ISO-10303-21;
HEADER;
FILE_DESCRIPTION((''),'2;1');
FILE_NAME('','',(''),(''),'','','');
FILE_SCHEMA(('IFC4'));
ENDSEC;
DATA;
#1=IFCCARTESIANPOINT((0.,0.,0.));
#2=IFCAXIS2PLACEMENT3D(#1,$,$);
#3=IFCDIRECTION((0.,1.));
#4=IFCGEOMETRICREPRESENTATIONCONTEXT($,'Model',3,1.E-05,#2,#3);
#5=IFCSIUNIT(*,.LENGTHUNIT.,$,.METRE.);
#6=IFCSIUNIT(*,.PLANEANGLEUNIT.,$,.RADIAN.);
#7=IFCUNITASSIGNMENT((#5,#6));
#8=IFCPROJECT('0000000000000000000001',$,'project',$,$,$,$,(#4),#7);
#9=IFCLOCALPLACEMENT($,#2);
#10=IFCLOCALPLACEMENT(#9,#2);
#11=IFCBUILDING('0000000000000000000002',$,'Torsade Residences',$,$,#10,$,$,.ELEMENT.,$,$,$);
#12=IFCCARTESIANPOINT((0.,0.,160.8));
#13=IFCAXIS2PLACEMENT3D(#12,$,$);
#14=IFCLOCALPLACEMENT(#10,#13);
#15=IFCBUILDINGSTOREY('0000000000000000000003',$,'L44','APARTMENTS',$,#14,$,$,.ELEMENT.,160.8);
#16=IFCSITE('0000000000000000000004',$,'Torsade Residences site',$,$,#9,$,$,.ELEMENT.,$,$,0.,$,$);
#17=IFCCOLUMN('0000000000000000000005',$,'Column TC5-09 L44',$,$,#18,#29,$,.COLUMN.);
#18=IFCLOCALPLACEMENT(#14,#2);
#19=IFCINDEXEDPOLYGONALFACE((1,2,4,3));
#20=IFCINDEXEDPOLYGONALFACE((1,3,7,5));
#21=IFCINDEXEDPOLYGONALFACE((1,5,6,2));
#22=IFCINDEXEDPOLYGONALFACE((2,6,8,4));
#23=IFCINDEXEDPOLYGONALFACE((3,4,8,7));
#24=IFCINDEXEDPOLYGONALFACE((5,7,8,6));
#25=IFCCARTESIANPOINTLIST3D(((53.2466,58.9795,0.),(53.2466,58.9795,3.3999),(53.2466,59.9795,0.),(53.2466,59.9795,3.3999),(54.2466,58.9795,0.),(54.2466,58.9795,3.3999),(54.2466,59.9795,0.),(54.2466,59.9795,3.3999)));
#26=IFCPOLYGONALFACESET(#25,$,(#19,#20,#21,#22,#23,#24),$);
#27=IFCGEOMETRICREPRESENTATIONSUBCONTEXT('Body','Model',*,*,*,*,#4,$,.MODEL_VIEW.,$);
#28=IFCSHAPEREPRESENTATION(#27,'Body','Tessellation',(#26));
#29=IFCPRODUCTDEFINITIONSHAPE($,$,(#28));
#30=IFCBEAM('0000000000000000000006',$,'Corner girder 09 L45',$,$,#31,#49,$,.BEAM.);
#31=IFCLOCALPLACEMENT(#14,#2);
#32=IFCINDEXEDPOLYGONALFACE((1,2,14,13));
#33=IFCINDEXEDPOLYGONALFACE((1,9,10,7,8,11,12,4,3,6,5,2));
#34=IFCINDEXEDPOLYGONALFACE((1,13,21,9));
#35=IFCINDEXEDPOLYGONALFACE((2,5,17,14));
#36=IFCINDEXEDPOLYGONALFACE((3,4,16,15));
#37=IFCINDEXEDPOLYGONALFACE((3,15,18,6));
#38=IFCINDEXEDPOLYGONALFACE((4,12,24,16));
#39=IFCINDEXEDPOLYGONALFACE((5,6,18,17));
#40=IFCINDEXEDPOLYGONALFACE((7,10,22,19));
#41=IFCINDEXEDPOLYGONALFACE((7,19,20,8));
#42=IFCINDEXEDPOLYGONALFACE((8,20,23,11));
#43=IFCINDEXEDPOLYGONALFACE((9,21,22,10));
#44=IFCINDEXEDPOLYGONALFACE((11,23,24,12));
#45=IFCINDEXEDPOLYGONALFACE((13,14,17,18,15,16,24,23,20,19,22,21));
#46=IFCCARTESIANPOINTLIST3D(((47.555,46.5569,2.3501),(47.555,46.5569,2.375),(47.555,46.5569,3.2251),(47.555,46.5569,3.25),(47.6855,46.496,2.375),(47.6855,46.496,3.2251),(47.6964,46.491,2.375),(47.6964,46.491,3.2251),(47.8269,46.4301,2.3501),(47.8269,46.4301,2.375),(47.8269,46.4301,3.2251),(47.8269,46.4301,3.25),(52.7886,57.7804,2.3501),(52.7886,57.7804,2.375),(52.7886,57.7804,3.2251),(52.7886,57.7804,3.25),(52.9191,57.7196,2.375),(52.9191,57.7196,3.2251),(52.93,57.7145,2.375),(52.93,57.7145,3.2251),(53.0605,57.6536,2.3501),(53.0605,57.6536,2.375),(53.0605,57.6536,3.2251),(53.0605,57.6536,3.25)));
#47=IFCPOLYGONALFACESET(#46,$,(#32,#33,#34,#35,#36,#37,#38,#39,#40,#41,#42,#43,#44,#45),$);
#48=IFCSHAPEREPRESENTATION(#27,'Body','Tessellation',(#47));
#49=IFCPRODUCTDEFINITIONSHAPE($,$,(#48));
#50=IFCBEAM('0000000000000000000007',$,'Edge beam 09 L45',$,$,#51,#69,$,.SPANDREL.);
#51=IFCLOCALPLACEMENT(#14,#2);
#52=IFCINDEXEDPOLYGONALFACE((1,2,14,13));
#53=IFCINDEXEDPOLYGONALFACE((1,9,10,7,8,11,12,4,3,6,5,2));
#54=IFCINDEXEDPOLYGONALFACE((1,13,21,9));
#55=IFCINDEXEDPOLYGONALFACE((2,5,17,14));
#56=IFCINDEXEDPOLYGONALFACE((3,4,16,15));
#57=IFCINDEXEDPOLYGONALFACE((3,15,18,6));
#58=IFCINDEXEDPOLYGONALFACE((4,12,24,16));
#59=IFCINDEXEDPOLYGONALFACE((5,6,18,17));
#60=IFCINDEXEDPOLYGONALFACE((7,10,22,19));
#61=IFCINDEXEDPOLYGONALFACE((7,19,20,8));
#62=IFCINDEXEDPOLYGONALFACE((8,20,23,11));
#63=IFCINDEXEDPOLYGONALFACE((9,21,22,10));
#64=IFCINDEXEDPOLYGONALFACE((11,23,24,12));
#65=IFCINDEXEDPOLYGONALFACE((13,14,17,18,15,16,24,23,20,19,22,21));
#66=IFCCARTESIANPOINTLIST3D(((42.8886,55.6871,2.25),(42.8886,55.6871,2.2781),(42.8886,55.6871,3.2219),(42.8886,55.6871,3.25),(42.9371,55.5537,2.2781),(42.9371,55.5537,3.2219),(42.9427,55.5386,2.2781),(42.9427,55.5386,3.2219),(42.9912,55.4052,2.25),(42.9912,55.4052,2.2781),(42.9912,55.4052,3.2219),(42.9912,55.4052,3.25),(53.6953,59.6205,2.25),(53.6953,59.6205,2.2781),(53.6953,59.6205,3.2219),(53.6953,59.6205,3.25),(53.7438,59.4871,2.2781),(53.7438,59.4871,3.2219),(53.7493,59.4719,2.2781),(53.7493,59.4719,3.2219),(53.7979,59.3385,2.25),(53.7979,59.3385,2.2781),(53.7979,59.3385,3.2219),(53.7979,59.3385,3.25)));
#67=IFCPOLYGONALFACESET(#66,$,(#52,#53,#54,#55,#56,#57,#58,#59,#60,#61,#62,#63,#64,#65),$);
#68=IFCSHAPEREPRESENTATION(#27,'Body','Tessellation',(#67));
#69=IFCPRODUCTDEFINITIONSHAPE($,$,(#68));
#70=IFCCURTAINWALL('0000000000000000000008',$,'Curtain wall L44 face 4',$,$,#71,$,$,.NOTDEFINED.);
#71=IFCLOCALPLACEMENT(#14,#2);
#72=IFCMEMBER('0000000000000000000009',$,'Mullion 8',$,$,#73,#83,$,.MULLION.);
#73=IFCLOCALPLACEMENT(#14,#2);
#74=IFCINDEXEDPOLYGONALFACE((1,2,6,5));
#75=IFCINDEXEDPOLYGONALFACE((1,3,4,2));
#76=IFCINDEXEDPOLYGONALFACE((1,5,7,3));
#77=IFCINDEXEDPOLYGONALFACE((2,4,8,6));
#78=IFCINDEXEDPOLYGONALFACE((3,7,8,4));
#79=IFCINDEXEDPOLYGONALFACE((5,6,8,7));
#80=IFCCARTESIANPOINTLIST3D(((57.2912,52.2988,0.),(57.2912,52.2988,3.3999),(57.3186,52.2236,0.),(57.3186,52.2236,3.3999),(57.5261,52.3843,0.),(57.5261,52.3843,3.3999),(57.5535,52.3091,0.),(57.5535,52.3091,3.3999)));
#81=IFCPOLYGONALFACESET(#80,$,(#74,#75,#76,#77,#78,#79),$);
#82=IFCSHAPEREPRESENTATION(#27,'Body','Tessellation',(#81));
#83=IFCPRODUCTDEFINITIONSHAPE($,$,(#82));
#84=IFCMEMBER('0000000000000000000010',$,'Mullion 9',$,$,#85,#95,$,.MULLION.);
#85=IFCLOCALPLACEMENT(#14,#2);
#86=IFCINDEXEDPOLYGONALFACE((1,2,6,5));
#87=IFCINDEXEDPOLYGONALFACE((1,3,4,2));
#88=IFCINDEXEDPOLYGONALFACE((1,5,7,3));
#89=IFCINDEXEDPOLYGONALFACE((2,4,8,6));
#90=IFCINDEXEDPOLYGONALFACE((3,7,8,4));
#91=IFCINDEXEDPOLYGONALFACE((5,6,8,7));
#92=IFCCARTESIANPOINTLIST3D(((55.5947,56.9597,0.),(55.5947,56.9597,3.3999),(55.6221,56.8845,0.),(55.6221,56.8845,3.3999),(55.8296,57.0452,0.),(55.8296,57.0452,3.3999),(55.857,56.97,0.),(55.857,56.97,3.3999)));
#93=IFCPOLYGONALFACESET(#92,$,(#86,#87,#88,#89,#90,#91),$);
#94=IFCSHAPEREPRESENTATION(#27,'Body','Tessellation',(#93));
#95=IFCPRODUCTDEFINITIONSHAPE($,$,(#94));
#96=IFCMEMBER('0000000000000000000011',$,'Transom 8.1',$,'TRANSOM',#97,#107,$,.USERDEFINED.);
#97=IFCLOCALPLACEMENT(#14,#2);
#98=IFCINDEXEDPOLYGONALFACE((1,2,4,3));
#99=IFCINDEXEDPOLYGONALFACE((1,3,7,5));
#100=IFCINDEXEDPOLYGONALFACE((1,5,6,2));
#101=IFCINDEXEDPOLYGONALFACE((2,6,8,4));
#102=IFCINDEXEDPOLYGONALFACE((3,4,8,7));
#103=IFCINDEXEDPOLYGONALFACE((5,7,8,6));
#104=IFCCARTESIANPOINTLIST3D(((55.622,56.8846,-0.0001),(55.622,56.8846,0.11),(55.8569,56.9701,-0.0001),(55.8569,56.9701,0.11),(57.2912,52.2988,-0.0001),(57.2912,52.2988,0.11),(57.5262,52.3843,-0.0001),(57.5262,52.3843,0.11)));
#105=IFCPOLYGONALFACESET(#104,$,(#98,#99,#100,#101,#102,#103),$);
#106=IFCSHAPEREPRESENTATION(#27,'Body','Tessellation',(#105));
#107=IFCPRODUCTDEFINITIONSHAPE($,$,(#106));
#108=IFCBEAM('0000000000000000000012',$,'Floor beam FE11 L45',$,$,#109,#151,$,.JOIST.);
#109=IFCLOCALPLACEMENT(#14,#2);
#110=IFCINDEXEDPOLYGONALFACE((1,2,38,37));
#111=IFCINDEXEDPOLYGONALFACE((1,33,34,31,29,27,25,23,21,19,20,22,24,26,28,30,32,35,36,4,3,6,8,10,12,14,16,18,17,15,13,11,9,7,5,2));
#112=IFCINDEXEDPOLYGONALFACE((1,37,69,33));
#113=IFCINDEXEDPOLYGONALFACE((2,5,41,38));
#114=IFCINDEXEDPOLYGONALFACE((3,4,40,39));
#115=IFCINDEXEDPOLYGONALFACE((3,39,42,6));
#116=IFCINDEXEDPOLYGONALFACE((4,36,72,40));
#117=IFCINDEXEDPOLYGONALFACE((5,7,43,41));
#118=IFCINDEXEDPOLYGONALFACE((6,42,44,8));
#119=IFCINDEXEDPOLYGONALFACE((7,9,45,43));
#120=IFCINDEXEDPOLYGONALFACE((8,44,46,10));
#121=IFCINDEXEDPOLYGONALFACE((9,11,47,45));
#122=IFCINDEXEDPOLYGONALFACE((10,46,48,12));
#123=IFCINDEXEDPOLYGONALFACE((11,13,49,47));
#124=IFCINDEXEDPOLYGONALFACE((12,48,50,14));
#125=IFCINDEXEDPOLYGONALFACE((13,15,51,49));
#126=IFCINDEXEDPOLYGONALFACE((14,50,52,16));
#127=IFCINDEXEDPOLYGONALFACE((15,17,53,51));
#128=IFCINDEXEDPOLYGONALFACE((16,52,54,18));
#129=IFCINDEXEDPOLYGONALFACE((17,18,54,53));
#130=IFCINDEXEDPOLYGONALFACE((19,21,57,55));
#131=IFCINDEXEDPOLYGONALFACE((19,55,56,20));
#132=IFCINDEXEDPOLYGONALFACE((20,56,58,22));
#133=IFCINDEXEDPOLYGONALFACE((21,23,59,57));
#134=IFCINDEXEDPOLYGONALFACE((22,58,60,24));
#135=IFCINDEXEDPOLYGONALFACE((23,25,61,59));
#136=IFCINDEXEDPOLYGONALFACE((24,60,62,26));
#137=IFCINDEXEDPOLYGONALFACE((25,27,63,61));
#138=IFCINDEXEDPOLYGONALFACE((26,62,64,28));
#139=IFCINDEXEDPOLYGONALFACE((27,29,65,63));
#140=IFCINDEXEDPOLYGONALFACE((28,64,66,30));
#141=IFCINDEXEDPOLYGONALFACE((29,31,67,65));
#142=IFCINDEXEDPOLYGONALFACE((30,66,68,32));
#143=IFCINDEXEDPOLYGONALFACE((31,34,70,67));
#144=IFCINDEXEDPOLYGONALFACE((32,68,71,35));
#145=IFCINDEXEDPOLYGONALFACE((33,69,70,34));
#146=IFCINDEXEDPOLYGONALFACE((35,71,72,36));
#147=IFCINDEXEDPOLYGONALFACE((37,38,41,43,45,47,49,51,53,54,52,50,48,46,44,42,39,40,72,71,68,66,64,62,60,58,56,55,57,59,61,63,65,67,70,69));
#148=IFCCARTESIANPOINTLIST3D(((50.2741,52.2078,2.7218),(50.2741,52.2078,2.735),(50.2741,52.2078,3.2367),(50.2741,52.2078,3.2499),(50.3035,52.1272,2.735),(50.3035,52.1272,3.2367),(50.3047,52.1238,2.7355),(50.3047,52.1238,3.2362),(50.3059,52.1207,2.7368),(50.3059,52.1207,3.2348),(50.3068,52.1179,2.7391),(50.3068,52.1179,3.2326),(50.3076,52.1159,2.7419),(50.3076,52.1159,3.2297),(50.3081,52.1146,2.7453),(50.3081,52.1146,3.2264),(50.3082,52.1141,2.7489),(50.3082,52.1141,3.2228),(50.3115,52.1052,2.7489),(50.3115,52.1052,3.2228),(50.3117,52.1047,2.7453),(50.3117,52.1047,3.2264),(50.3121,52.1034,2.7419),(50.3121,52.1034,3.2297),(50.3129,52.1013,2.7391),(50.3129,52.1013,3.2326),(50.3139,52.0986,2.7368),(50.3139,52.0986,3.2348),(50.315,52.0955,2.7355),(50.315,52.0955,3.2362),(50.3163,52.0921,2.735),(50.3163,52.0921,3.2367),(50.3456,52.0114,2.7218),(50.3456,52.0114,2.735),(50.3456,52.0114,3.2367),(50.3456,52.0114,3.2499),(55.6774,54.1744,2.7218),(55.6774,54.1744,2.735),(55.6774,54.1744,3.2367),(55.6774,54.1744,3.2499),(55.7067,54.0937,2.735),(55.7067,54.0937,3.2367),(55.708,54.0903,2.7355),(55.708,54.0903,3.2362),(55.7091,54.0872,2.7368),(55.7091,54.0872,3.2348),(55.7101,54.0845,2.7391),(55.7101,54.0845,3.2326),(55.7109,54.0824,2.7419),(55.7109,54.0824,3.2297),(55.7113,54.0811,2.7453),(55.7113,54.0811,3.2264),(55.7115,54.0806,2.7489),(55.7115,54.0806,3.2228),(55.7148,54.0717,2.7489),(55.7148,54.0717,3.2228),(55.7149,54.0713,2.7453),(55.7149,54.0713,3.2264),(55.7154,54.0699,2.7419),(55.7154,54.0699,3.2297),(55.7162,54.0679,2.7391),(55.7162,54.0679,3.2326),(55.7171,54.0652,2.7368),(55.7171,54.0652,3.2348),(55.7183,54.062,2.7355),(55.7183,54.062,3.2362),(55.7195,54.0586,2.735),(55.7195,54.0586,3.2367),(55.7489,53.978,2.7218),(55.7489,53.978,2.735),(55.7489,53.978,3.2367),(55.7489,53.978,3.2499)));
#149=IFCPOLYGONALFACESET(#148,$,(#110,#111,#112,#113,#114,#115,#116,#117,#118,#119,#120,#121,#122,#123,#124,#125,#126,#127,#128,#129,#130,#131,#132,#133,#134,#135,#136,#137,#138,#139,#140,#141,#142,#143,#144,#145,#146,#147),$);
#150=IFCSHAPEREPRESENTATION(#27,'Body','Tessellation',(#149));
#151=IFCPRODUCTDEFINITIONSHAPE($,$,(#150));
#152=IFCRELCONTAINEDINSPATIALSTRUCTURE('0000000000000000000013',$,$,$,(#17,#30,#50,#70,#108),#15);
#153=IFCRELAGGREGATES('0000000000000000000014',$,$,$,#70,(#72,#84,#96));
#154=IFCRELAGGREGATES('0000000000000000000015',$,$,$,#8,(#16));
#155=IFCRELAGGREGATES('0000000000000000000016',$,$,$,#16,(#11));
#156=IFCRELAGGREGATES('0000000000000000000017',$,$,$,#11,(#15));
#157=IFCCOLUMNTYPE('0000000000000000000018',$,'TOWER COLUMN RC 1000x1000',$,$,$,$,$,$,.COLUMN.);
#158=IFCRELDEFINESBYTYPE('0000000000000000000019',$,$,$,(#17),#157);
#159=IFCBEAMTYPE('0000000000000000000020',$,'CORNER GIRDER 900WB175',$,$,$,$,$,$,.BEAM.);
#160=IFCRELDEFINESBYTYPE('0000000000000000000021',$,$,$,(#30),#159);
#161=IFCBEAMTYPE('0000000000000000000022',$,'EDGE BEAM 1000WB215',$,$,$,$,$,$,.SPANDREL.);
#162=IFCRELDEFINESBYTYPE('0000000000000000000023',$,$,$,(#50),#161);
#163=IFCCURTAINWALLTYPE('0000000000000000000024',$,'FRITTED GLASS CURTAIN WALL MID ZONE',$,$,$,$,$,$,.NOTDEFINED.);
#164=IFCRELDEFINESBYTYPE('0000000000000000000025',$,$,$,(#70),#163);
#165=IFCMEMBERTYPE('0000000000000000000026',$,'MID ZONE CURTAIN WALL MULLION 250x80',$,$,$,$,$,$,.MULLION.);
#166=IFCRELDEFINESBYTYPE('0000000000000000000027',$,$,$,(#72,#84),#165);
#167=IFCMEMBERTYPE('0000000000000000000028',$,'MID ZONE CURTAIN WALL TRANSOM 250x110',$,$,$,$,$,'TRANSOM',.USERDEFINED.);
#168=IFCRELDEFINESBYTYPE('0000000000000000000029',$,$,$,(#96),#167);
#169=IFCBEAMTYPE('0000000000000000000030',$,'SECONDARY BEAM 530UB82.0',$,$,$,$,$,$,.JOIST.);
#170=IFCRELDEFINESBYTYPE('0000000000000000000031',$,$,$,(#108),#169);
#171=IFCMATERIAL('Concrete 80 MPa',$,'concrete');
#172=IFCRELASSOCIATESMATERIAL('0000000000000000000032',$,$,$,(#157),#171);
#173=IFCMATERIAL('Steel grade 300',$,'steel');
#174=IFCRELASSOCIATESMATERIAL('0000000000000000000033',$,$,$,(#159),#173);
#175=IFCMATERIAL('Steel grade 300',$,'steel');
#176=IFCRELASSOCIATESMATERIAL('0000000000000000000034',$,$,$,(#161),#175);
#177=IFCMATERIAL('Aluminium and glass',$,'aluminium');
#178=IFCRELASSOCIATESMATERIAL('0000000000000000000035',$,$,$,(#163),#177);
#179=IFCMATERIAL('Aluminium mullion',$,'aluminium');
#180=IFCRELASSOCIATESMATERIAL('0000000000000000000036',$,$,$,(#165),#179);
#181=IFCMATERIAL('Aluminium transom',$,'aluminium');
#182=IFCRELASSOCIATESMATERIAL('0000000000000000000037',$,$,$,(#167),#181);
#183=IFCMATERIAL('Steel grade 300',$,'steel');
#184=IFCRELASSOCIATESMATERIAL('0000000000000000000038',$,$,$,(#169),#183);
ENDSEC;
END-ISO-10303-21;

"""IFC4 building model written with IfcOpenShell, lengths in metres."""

from ifc_helpers import new_model, si_unit, direction, frame, origin, origin_2d, place, context, subcontext, project, spatial, rectangle, i_section, extrude, material, material_profile, profile_set, type_object, element, aggregate, save


model = new_model("IFC4")

# Units and contexts
model_context = context("Model", 3, precision=1e-05, world=origin(), true_north=direction((0.0, 1.0)))
body_context = subcontext(model_context, "Body", "Model", "MODEL_VIEW")
ifc_project = project(units=[si_unit("LENGTHUNIT", "METRE"), si_unit("PLANEANGLEUNIT", "RADIAN")], contexts=[model_context])

# Site, building, storey
site_placement = place(None, origin())
site = spatial("IfcSite", under=ifc_project, at=site_placement, Name="Torsade Residences site", CompositionType="ELEMENT", RefElevation=0.0)
building_placement = place(site_placement, origin())
building = spatial("IfcBuilding", under=site, at=building_placement, Name="Torsade Residences", CompositionType="ELEMENT")
storey_placement = place(building_placement, frame((0.0, 0.0, 160.8)))
storey = spatial("IfcBuildingStorey", under=building, at=storey_placement, Name="L44", Description="APARTMENTS", CompositionType="ELEMENT", Elevation=160.8)

# Column
ifc_material_1 = material(Name="Concrete 80 MPa", Category="concrete")
ifc_material_profile_1 = material_profile(ifc_material_1, rectangle(XDim=1.0, YDim=1.0, at=origin_2d()), Name="RC 1000x1000")
ifc_profile_set_1 = profile_set([ifc_material_profile_1], Name="Concrete 80 MPa")
column_type = type_object("IfcColumnType", Name="TOWER COLUMN RC 1000x1000", PredefinedType="COLUMN", material=ifc_profile_set_1)
column_placement = place(storey_placement, frame((53.7466, 59.4795, 0.0), z_axis=(0.0, 0.0, 1.0), x_axis=(1.0, 0.0, 0.0)))
element("IfcColumn", 1, at=column_placement, inside=storey, type_object=column_type, Name="Column TC5-09 L44", PredefinedType="COLUMN", context=body_context, shape_type="SweptSolid", body=[
    extrude(rectangle(XDim=1.0, YDim=1.0, at=origin_2d()), origin(), (0.0, 0.0, 1.0), 3.3999),
])

# Beams
ifc_material_2 = material(Name="Steel grade 300", Category="steel")
ifc_material_profile_2 = material_profile(ifc_material_2, i_section(OverallWidth=0.3, OverallDepth=0.8999, WebThickness=0.012, FlangeThickness=0.0249, at=origin_2d()), Name="900WB175")
ifc_profile_set_2 = profile_set([ifc_material_profile_2], Name="Steel grade 300")
beam_type_1 = type_object("IfcBeamType", Name="CORNER GIRDER 900WB175", PredefinedType="BEAM", material=ifc_profile_set_2)
beam_1_placement = place(storey_placement, frame((52.9246, 57.717, 2.8), z_axis=(-0.422617, -0.906309, 0.0), x_axis=(0.906309, -0.422617, 0.0)))
element("IfcBeam", 2, at=beam_1_placement, inside=storey, type_object=beam_type_1, Name="Corner girder 09 L45", PredefinedType="BEAM", context=body_context, shape_type="SweptSolid", body=[
    extrude(i_section(OverallWidth=0.3, OverallDepth=0.8999, WebThickness=0.012, FlangeThickness=0.0249, at=origin_2d()), origin(), (0.0, 0.0, 1.0), 12.3838),
])
ifc_material_3 = material(Name="Steel grade 300", Category="steel")
ifc_material_profile_3 = material_profile(ifc_material_3, i_section(OverallWidth=0.3, OverallDepth=1.0, WebThickness=0.0161, FlangeThickness=0.0281, at=origin_2d()), Name="1000WB215")
ifc_profile_set_3 = profile_set([ifc_material_profile_3], Name="Steel grade 300")
beam_type_2 = type_object("IfcBeamType", Name="EDGE BEAM 1000WB215", PredefinedType="SPANDREL", material=ifc_profile_set_3)
beam_2_placement = place(storey_placement, frame((53.7466, 59.4795, 2.75), z_axis=(-0.939691, -0.342024, 0.0), x_axis=(0.342024, -0.939691, 0.0)))
element("IfcBeam", 3, at=beam_2_placement, inside=storey, type_object=beam_type_2, Name="Edge beam 09 L45", PredefinedType="SPANDREL", context=body_context, shape_type="SweptSolid", body=[
    extrude(i_section(OverallWidth=0.3, OverallDepth=1.0, WebThickness=0.0161, FlangeThickness=0.0281, at=origin_2d()), origin(), (0.0, 0.0, 1.0), 11.5002),
])

# Curtain wall, members
ifc_material_4 = material(Name="Aluminium and glass", Category="aluminium")
curtain_wall_type = type_object("IfcCurtainWallType", Name="FRITTED GLASS CURTAIN WALL MID ZONE", PredefinedType="NOTDEFINED", material=ifc_material_4)
curtain_wall_placement = place(storey_placement, origin())
curtain_wall = element("IfcCurtainWall", 4, at=curtain_wall_placement, inside=storey, type_object=curtain_wall_type, Name="Curtain wall L44 face 4", PredefinedType="NOTDEFINED")
ifc_material_5 = material(Name="Aluminium mullion", Category="aluminium")
ifc_material_profile_4 = material_profile(ifc_material_5, rectangle(XDim=0.25, YDim=0.0801, at=origin_2d()), Name="MID ZONE CURTAIN WALL MULLION 250x80")
ifc_profile_set_4 = profile_set([ifc_material_profile_4], Name="Aluminium mullion")
member_type_1 = type_object("IfcMemberType", Name="MID ZONE CURTAIN WALL MULLION 250x80", PredefinedType="MULLION", material=ifc_profile_set_4)
member_1_placement = place(storey_placement, frame((57.4224, 52.304, 0.0), z_axis=(0.0, 0.0, 1.0), x_axis=(-0.939693, -0.34202, 0.0)))
member_1 = element("IfcMember", 5, at=member_1_placement, type_object=member_type_1, Name="Mullion 8", PredefinedType="MULLION", context=body_context, shape_type="SweptSolid", body=[
    extrude(rectangle(XDim=0.25, YDim=0.0801, at=origin_2d()), origin(), (0.0, 0.0, 1.0), 3.3999),
])
member_2_placement = place(storey_placement, frame((55.7258, 56.9648, 0.0), z_axis=(0.0, 0.0, 1.0), x_axis=(-0.939693, -0.34202, 0.0)))
member_2 = element("IfcMember", 6, at=member_2_placement, type_object=member_type_1, Name="Mullion 9", PredefinedType="MULLION", context=body_context, shape_type="SweptSolid", body=[
    extrude(rectangle(XDim=0.25, YDim=0.0801, at=origin_2d()), origin(), (0.0, 0.0, 1.0), 3.3999),
])
ifc_material_6 = material(Name="Aluminium transom", Category="aluminium")
ifc_material_profile_5 = material_profile(ifc_material_6, rectangle(XDim=0.25, YDim=0.1101, at=origin_2d()), Name="MID ZONE CURTAIN WALL TRANSOM 250x110")
ifc_profile_set_5 = profile_set([ifc_material_profile_5], Name="Aluminium transom")
member_type_2 = type_object("IfcMemberType", Name="MID ZONE CURTAIN WALL TRANSOM 250x110", ElementType="TRANSOM", PredefinedType="USERDEFINED", material=ifc_profile_set_5)
member_3_placement = place(storey_placement, frame((57.4087, 52.3416, 0.0549), z_axis=(-0.342044, 0.939684, 0.0), x_axis=(-0.939684, -0.342044, 0.0)))
member_3 = element("IfcMember", 7, at=member_3_placement, type_object=member_type_2, Name="Transom 8.1", ObjectType="TRANSOM", PredefinedType="USERDEFINED", context=body_context, shape_type="SweptSolid", body=[
    extrude(rectangle(XDim=0.25, YDim=0.1101, at=origin_2d()), origin(), (0.0, 0.0, 1.0), 4.8801),
])

# Beam
ifc_material_7 = material(Name="Steel grade 300", Category="steel")
ifc_material_profile_6 = material_profile(ifc_material_7, i_section(OverallWidth=0.209, OverallDepth=0.5281, WebThickness=0.0095, FlangeThickness=0.0132, FilletRadius=0.0139, at=origin_2d()), Name="530UB82.0")
ifc_profile_set_6 = profile_set([ifc_material_profile_6], Name="Steel grade 300")
beam_type_3 = type_object("IfcBeamType", Name="SECONDARY BEAM 530UB82.0", PredefinedType="JOIST", material=ifc_profile_set_6)
beam_3_placement = place(storey_placement, frame((55.7131, 54.0762, 2.9858), z_axis=(-0.939698, -0.342006, 0.0), x_axis=(0.342006, -0.939698, 0.0)))
element("IfcBeam", 8, at=beam_3_placement, inside=storey, type_object=beam_type_3, Name="Floor beam FE11 L45", PredefinedType="JOIST", context=body_context, shape_type="SweptSolid", body=[
    extrude(i_section(OverallWidth=0.209, OverallDepth=0.5281, WebThickness=0.0095, FlangeThickness=0.0132, FilletRadius=0.0139, at=origin_2d()), origin(), (0.0, 0.0, 1.0), 5.75),
])

aggregate(curtain_wall, [member_1, member_2, member_3])

save(model, "model.ifc")
